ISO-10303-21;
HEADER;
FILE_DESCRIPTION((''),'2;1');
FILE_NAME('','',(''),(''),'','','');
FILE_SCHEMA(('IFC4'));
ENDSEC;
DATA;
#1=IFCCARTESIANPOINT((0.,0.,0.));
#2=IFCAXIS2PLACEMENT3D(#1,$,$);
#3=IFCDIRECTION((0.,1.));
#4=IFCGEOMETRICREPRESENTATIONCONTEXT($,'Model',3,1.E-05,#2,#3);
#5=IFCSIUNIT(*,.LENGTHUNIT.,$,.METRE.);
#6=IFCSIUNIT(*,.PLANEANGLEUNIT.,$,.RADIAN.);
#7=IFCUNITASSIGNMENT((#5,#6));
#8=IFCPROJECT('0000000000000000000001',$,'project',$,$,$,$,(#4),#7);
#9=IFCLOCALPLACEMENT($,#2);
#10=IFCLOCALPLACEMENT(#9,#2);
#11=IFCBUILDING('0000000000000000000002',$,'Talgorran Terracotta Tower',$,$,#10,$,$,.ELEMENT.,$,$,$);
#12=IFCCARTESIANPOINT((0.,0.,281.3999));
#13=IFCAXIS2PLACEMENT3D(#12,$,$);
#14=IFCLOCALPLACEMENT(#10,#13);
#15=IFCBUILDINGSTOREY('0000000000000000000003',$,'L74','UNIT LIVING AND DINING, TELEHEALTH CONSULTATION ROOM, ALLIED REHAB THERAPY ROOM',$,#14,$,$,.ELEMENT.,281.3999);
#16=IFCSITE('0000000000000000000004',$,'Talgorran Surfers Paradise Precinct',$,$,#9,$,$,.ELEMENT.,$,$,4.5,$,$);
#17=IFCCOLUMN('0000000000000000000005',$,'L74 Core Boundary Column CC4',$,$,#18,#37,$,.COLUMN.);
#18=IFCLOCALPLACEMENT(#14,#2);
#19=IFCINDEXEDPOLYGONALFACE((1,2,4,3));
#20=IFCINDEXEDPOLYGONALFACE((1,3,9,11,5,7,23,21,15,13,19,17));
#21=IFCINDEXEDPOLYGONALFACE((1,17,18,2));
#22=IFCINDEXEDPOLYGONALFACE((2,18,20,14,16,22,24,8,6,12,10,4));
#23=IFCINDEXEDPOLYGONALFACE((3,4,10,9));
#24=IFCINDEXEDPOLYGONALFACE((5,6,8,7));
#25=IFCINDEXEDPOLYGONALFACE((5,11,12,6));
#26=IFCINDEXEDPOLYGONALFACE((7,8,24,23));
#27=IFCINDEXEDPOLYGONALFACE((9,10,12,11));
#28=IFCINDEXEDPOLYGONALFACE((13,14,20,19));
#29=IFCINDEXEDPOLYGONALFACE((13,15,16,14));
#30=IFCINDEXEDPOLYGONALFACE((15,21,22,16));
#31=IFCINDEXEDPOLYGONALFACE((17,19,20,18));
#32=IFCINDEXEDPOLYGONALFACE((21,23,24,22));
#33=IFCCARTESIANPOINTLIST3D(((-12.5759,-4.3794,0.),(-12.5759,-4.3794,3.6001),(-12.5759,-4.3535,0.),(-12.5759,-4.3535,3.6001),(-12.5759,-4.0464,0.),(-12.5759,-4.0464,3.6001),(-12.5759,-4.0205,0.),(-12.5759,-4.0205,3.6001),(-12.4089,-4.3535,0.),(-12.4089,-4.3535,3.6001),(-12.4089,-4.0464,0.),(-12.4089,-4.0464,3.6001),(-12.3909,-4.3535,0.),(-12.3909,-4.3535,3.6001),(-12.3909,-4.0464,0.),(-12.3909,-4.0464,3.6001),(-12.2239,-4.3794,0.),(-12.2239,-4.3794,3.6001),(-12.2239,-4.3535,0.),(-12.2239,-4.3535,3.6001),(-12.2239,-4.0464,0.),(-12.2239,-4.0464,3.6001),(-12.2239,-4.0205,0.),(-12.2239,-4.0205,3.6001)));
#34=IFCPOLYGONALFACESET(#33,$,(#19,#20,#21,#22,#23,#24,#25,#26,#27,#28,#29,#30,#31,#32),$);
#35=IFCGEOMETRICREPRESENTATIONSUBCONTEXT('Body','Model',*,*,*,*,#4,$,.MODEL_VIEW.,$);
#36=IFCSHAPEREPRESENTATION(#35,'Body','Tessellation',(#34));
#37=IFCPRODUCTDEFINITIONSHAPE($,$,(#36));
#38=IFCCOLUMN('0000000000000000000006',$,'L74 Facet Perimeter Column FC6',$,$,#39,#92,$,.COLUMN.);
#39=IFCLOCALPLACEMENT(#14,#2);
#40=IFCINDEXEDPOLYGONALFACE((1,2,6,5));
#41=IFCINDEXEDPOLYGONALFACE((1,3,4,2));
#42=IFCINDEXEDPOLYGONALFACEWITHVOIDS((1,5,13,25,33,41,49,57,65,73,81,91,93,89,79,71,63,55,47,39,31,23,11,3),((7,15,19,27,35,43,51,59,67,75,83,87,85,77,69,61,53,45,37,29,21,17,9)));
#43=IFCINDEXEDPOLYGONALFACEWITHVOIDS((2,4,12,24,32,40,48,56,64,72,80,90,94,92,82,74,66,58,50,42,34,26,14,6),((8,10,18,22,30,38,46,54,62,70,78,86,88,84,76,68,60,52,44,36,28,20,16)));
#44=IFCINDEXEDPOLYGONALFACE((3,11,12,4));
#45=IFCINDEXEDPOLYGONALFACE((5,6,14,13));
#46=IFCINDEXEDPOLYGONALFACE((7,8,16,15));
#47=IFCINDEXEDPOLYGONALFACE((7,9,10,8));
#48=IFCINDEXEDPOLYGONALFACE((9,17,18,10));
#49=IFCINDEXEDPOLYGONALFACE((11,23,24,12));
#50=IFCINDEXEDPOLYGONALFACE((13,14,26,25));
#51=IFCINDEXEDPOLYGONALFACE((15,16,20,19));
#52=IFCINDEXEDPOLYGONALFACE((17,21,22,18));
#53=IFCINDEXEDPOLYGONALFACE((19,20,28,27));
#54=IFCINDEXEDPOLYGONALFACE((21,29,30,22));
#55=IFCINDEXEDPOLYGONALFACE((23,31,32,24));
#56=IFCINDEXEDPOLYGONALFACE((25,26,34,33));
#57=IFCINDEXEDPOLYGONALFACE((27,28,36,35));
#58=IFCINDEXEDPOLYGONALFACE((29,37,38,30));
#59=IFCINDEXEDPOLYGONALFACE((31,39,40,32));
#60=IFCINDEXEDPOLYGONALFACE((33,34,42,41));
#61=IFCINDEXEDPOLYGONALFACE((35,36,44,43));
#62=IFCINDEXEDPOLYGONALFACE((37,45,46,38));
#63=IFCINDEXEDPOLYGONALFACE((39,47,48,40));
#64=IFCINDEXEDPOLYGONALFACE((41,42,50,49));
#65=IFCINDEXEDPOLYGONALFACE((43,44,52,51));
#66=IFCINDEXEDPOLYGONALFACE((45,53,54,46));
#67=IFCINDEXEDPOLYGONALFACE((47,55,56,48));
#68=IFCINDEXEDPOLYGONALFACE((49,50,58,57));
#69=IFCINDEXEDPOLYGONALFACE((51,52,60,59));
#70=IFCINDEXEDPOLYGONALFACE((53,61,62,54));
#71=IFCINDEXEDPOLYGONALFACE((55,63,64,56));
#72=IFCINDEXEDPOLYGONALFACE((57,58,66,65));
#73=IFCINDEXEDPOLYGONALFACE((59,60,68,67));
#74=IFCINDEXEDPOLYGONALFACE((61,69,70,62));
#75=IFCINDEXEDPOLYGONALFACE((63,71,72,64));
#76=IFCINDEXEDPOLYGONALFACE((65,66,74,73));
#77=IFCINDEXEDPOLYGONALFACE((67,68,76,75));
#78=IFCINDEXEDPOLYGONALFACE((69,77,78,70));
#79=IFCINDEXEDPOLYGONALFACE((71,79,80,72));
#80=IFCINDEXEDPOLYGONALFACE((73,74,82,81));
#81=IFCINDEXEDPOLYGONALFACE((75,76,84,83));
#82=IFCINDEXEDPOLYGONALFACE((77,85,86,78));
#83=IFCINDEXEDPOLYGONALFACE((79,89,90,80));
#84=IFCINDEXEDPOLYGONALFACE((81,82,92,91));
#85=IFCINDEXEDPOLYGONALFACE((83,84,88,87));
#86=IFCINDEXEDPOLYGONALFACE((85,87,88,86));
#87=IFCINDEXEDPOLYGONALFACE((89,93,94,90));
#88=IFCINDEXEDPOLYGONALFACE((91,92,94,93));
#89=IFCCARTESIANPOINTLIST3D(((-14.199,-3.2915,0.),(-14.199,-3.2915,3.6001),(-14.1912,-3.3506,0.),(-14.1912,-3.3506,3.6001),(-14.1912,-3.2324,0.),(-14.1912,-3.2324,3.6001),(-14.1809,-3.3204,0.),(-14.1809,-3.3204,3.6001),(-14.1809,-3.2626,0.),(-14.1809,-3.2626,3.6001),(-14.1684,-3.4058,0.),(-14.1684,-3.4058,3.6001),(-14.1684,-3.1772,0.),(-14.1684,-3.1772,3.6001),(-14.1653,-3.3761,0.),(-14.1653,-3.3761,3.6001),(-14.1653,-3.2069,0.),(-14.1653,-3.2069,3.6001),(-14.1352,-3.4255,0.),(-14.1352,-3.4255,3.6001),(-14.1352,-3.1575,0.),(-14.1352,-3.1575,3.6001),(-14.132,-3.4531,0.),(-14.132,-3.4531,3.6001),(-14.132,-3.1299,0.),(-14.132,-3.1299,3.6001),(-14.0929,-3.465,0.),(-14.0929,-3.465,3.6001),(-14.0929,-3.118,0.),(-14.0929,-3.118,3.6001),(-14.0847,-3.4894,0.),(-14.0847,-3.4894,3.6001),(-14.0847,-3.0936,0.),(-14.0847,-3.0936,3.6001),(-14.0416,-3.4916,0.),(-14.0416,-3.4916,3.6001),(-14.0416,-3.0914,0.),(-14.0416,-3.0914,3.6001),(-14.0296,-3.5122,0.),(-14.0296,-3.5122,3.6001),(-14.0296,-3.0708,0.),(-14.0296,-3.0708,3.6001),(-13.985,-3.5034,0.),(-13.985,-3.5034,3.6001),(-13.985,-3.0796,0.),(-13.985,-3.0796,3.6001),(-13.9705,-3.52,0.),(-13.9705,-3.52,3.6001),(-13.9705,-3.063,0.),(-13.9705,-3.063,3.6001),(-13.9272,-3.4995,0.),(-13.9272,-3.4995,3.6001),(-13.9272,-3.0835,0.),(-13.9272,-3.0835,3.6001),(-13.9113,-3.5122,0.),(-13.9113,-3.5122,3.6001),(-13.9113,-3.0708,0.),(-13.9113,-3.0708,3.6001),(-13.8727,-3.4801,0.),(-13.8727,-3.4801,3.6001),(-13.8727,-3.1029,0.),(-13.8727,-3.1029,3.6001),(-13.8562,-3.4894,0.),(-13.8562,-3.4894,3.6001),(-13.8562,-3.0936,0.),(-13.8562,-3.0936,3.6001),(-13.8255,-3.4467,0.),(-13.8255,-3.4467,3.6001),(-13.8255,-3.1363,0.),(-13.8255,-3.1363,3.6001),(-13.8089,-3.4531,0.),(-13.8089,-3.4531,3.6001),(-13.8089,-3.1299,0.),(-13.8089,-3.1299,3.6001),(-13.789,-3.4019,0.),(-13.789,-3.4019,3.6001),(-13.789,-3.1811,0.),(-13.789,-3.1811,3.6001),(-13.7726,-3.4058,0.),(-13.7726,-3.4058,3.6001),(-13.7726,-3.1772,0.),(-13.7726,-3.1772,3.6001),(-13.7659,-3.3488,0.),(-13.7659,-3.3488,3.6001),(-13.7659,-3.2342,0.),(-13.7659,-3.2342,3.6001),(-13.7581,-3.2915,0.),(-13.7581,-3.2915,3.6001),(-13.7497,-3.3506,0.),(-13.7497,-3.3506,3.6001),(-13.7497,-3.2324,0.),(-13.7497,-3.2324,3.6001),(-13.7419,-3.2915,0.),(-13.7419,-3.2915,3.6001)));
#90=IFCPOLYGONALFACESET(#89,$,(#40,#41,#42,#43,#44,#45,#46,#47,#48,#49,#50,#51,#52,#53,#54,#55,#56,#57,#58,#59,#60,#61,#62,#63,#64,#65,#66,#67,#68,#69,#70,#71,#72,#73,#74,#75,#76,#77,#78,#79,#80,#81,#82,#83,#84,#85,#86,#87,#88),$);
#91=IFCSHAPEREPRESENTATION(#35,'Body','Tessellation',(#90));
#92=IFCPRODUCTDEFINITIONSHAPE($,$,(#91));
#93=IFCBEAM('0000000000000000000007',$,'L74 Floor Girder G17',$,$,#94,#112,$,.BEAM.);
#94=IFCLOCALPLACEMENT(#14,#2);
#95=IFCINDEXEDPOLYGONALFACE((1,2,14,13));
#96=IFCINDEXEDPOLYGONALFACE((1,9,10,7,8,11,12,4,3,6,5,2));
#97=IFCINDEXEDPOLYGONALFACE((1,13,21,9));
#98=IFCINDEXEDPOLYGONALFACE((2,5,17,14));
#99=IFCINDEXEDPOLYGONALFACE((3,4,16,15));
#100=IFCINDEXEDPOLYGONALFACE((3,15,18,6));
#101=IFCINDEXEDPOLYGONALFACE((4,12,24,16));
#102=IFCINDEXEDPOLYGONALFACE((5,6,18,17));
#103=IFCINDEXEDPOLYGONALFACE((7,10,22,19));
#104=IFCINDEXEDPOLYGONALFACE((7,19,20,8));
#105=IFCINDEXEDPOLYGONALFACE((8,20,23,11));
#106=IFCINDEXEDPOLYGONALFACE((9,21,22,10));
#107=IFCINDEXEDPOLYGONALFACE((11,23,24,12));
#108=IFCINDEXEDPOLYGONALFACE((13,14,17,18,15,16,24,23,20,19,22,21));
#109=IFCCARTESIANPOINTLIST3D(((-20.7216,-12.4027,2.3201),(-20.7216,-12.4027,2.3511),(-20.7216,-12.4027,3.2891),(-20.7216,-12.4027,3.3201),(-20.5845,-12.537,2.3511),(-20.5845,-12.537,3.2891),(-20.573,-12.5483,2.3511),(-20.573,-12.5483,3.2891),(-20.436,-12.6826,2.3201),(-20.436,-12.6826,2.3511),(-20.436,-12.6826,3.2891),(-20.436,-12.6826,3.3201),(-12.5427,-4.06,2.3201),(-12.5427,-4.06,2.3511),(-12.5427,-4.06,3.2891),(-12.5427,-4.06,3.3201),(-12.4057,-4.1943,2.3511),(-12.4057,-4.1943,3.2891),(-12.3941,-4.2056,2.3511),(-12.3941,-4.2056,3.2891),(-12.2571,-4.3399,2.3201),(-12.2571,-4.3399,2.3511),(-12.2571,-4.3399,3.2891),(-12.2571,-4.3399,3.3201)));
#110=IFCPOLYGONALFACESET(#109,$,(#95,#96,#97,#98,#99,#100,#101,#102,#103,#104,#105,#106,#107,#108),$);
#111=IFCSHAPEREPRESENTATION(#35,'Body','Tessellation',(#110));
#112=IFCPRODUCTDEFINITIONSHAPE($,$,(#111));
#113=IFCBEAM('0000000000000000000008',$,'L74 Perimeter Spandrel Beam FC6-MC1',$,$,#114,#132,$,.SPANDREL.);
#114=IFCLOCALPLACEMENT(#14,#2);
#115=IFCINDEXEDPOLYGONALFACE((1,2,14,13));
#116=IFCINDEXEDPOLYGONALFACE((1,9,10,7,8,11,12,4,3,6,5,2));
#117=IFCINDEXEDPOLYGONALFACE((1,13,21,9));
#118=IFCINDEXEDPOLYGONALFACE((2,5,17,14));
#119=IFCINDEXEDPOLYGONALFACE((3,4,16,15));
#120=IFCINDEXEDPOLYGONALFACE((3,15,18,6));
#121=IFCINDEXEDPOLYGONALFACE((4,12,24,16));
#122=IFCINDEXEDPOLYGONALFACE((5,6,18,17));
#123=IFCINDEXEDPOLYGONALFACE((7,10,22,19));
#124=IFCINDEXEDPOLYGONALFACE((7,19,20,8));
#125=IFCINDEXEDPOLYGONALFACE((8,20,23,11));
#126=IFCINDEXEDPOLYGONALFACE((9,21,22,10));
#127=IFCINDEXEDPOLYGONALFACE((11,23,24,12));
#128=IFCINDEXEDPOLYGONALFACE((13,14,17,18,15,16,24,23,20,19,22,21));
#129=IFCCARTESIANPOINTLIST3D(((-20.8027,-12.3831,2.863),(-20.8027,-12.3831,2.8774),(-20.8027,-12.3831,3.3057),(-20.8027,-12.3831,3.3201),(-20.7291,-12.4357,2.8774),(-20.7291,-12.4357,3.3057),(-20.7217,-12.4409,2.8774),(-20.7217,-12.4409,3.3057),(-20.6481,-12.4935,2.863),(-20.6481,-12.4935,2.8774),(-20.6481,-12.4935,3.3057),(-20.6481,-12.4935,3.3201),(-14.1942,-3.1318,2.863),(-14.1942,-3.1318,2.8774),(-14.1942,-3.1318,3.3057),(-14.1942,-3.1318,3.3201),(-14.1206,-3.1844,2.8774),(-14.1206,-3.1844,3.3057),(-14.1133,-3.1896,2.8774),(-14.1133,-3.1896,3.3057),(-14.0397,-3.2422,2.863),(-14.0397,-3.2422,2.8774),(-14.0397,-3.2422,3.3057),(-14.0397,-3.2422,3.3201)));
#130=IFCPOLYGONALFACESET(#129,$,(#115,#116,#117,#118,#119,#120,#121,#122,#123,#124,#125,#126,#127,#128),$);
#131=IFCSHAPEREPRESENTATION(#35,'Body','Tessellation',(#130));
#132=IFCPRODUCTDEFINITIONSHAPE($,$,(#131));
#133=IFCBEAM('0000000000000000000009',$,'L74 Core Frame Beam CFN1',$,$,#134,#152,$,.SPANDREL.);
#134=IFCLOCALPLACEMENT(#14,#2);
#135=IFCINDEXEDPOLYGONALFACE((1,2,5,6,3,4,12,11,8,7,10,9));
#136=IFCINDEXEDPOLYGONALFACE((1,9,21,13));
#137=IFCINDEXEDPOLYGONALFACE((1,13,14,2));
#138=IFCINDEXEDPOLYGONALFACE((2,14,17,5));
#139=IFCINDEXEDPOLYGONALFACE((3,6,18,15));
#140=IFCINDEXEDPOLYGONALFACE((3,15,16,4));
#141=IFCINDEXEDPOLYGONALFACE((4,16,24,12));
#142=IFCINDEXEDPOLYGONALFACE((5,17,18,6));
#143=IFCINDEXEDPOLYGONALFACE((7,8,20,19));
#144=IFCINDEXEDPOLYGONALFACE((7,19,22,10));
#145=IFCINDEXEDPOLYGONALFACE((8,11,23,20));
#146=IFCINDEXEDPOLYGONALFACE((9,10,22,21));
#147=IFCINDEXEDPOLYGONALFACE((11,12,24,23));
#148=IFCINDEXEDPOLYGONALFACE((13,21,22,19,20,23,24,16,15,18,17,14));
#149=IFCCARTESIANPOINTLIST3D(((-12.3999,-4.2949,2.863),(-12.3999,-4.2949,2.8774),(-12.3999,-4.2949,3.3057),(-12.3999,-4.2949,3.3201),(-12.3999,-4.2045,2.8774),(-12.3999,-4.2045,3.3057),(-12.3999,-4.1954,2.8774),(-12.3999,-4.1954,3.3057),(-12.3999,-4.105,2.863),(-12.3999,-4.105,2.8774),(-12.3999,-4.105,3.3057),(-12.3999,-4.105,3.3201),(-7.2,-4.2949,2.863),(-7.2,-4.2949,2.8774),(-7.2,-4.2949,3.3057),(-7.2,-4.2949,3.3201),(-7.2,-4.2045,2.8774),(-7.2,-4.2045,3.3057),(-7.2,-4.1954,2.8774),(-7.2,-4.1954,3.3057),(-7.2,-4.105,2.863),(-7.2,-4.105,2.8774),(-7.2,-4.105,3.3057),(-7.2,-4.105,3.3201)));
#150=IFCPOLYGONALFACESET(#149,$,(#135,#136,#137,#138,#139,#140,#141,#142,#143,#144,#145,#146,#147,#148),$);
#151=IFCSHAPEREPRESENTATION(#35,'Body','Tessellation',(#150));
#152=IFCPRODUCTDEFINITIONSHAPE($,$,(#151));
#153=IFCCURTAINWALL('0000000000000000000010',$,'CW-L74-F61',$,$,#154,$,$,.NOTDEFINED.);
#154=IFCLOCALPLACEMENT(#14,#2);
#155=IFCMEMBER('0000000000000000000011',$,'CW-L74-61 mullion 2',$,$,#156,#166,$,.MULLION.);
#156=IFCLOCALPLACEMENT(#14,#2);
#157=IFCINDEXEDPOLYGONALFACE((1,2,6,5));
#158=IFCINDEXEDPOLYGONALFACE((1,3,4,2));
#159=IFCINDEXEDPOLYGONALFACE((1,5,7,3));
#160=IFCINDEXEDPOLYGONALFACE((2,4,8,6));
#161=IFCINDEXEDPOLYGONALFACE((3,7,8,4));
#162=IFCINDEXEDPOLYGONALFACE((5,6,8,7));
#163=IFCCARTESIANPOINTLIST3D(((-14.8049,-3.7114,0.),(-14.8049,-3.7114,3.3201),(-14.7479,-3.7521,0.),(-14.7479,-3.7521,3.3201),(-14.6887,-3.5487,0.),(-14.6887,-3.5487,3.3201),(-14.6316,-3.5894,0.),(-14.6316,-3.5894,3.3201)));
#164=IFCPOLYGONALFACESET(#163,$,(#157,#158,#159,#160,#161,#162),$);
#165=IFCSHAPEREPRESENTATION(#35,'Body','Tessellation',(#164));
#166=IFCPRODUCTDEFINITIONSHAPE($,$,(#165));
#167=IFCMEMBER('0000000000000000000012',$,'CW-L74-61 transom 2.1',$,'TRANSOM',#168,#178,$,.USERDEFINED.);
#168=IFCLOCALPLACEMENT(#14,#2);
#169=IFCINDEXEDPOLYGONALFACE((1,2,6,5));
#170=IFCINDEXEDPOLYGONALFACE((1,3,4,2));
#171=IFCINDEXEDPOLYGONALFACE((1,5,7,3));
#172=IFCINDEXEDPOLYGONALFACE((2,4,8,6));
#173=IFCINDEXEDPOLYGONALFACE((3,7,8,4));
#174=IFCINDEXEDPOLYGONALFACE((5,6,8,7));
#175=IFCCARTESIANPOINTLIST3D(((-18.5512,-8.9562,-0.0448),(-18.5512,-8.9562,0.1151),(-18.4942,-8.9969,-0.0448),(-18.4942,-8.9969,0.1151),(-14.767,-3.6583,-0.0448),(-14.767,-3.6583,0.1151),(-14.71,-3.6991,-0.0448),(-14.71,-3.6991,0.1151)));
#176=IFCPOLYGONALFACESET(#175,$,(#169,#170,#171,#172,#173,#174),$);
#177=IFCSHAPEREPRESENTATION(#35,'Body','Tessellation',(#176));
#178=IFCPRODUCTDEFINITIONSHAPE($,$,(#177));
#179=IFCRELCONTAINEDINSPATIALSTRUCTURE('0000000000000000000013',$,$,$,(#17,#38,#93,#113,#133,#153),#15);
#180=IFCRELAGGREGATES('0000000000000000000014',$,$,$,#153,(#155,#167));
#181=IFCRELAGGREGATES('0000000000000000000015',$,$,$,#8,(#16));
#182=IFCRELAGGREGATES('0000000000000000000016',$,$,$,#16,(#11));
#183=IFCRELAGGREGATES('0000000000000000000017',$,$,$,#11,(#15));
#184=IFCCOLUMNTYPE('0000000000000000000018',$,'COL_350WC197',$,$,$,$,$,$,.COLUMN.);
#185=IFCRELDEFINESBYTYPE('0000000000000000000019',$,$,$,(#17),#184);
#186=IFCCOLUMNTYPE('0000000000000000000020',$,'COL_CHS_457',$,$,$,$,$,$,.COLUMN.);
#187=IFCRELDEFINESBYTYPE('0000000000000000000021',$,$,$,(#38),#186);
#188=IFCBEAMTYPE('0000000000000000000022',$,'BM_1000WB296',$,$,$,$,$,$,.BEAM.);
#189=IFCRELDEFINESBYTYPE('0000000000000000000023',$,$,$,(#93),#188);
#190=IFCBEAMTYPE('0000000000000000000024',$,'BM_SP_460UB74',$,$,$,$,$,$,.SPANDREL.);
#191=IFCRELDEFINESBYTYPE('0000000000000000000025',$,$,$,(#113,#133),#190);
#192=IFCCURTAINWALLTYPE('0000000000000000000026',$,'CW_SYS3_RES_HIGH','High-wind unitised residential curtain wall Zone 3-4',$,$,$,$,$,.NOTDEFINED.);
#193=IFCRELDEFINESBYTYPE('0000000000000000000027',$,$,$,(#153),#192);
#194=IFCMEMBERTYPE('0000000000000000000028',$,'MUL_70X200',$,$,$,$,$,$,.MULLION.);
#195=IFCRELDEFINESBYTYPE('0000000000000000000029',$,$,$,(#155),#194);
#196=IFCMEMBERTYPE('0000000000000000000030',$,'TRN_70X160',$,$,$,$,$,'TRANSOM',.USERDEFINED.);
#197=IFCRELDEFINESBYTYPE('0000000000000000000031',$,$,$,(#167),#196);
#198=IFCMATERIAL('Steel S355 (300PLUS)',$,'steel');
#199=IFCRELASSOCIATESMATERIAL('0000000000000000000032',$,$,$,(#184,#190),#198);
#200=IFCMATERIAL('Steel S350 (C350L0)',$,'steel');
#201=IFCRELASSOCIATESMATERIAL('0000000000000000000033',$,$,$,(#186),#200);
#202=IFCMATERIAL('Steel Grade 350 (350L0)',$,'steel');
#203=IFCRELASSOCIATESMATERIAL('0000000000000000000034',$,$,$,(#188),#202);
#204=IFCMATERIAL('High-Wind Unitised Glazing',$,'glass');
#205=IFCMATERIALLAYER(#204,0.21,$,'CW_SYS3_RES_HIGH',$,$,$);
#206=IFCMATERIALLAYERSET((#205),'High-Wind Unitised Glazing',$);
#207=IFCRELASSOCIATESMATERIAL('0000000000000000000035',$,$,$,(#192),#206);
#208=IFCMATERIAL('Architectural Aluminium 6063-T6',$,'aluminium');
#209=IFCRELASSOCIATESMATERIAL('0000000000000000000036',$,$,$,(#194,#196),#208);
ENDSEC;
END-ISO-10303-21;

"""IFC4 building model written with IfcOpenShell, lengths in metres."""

from ifc_helpers import new_model, si_unit, direction, frame, origin, origin_2d, place, context, subcontext, project, spatial, rectangle, hollow_circle, i_section, extrude, material, layer, layer_set, material_profile, profile_set, type_object, element, aggregate, save


model = new_model("IFC4")

# Units and contexts
model_context = context("Model", 3, precision=1e-05, world=origin(), true_north=direction((0.0, 1.0)))
body_context = subcontext(model_context, "Body", "Model", "MODEL_VIEW")
ifc_project = project(units=[si_unit("LENGTHUNIT", "METRE"), si_unit("PLANEANGLEUNIT", "RADIAN")], contexts=[model_context])

# Site, building, storey
site_placement = place(None, origin())
site = spatial("IfcSite", under=ifc_project, at=site_placement, Name="Talgorran Surfers Paradise Precinct", CompositionType="ELEMENT", RefElevation=4.5)
building_placement = place(site_placement, origin())
building = spatial("IfcBuilding", under=site, at=building_placement, Name="Talgorran Terracotta Tower", CompositionType="ELEMENT")
storey_placement = place(building_placement, frame((0.0, 0.0, 281.3999)))
storey = spatial("IfcBuildingStorey", under=building, at=storey_placement, Name="L74", Description="UNIT LIVING AND DINING, TELEHEALTH CONSULTATION ROOM, ALLIED REHAB THERAPY ROOM", CompositionType="ELEMENT", Elevation=281.3999)

# Columns
ifc_material_1 = material(Name="Steel S355 (300PLUS)", Category="steel")
ifc_material_profile_1 = material_profile(ifc_material_1, i_section(OverallWidth=0.3521, OverallDepth=0.3589, WebThickness=0.0181, FlangeThickness=0.0259, at=origin_2d()), Name="350WC197")
ifc_profile_set_1 = profile_set([ifc_material_profile_1], Name="Steel S355 (300PLUS)")
column_type_1 = type_object("IfcColumnType", Name="COL_350WC197", PredefinedType="COLUMN", material=ifc_profile_set_1)
column_1_placement = place(storey_placement, frame((-12.3999, -4.2, 0.0), z_axis=(0.0, 0.0, 1.0), x_axis=(1.0, 0.0, 0.0)))
element("IfcColumn", 1, at=column_1_placement, inside=storey, type_object=column_type_1, Name="L74 Core Boundary Column CC4", PredefinedType="COLUMN", context=body_context, shape_type="SweptSolid", body=[
    extrude(i_section(OverallWidth=0.3521, OverallDepth=0.3589, WebThickness=0.0181, FlangeThickness=0.0259, at=origin_2d()), origin(), (0.0, 0.0, 1.0), 3.6001),
])
ifc_material_2 = material(Name="Steel S350 (C350L0)", Category="steel")
ifc_material_profile_2 = material_profile(ifc_material_2, hollow_circle(Radius=0.2285, WallThickness=0.0161, at=origin_2d()), Name="CHS457X16")
ifc_profile_set_2 = profile_set([ifc_material_profile_2], Name="Steel S350 (C350L0)")
column_type_2 = type_object("IfcColumnType", Name="COL_CHS_457", PredefinedType="COLUMN", material=ifc_profile_set_2)
column_2_placement = place(storey_placement, frame((-13.9705, -3.2915, 0.0), z_axis=(0.0, 0.0, 1.0), x_axis=(1.0, 0.0, 0.0)))
element("IfcColumn", 2, at=column_2_placement, inside=storey, type_object=column_type_2, Name="L74 Facet Perimeter Column FC6", PredefinedType="COLUMN", context=body_context, shape_type="SweptSolid", body=[
    extrude(hollow_circle(Radius=0.2285, WallThickness=0.0161, at=origin_2d()), origin(), (0.0, 0.0, 1.0), 3.6001),
])

# Beams
ifc_material_3 = material(Name="Steel Grade 350 (350L0)", Category="steel")
ifc_material_profile_3 = material_profile(ifc_material_3, i_section(OverallWidth=0.3999, OverallDepth=1.0, WebThickness=0.0161, FlangeThickness=0.031, at=origin_2d()), Name="1000WB296")
ifc_profile_set_3 = profile_set([ifc_material_profile_3], Name="Steel Grade 350 (350L0)")
beam_type_1 = type_object("IfcBeamType", Name="BM_1000WB296", PredefinedType="BEAM", material=ifc_profile_set_3)
beam_1_placement = place(storey_placement, frame((-12.3999, -4.2, 2.8201), z_axis=(-0.700061, -0.714083, 0.0), x_axis=(0.714083, -0.700061, 0.0)))
element("IfcBeam", 3, at=beam_1_placement, inside=storey, type_object=beam_type_1, Name="L74 Floor Girder G17", PredefinedType="BEAM", context=body_context, shape_type="SweptSolid", body=[
    extrude(i_section(OverallWidth=0.3999, OverallDepth=1.0, WebThickness=0.0161, FlangeThickness=0.031, at=origin_2d()), origin(), (0.0, 0.0, 1.0), 11.6831),
])
ifc_material_profile_4 = material_profile(ifc_material_1, i_section(OverallWidth=0.1899, OverallDepth=0.457, WebThickness=0.009, FlangeThickness=0.0144, at=origin_2d()), Name="460UB74.6")
ifc_profile_set_4 = profile_set([ifc_material_profile_4], Name="Steel S355 (300PLUS)")
beam_type_2 = type_object("IfcBeamType", Name="BM_SP_460UB74", PredefinedType="SPANDREL", material=ifc_profile_set_4)
beam_2_placement = place(storey_placement, frame((-14.1169, -3.187, 3.0916), z_axis=(-0.581261, -0.813718, 0.0), x_axis=(0.813718, -0.581261, 0.0)))
element("IfcBeam", 4, at=beam_2_placement, inside=storey, type_object=beam_type_2, Name="L74 Perimeter Spandrel Beam FC6-MC1", PredefinedType="SPANDREL", context=body_context, shape_type="SweptSolid", body=[
    extrude(i_section(OverallWidth=0.1899, OverallDepth=0.457, WebThickness=0.009, FlangeThickness=0.0144, at=origin_2d()), origin(), (0.0, 0.0, 1.0), 11.3691),
])
beam_3_placement = place(storey_placement, frame((-12.3999, -4.2, 3.0916), z_axis=(1.0, 0.0, 0.0), x_axis=(0.0, 1.0, 0.0)))
element("IfcBeam", 5, at=beam_3_placement, inside=storey, type_object=beam_type_2, Name="L74 Core Frame Beam CFN1", PredefinedType="SPANDREL", context=body_context, shape_type="SweptSolid", body=[
    extrude(i_section(OverallWidth=0.1899, OverallDepth=0.457, WebThickness=0.009, FlangeThickness=0.0144, at=origin_2d()), origin(), (0.0, 0.0, 1.0), 5.2),
])

# Curtain wall, members
ifc_material_4 = material(Name="High-Wind Unitised Glazing", Category="glass")
ifc_layer_1 = layer(ifc_material_4, 0.21, Name="CW_SYS3_RES_HIGH")
ifc_layer_set_1 = layer_set([ifc_layer_1], Name="High-Wind Unitised Glazing")
curtain_wall_type = type_object("IfcCurtainWallType", Name="CW_SYS3_RES_HIGH", Description="High-wind unitised residential curtain wall Zone 3-4", PredefinedType="NOTDEFINED", material=ifc_layer_set_1)
curtain_wall_placement = place(storey_placement, origin())
curtain_wall = element("IfcCurtainWall", 6, at=curtain_wall_placement, inside=storey, type_object=curtain_wall_type, Name="CW-L74-F61", PredefinedType="NOTDEFINED")
ifc_material_5 = material(Name="Architectural Aluminium 6063-T6", Category="aluminium")
ifc_material_profile_5 = material_profile(ifc_material_5, rectangle(XDim=0.0701, YDim=0.2, at=origin_2d()), Name="CWM70X200")
ifc_profile_set_5 = profile_set([ifc_material_profile_5], Name="Architectural Aluminium 6063-T6")
member_type_1 = type_object("IfcMemberType", Name="MUL_70X200", PredefinedType="MULLION", material=ifc_profile_set_5)
member_1_placement = place(storey_placement, frame((-14.7183, -3.6504, 0.0), z_axis=(0.0, 0.0, 1.0), x_axis=(0.813727, -0.581247, 0.0)))
member_1 = element("IfcMember", 7, at=member_1_placement, type_object=member_type_1, Name="CW-L74-61 mullion 2", PredefinedType="MULLION", context=body_context, shape_type="SweptSolid", body=[
    extrude(rectangle(XDim=0.0701, YDim=0.2, at=origin_2d()), origin(), (0.0, 0.0, 1.0), 3.3201),
])
ifc_material_profile_6 = material_profile(ifc_material_5, rectangle(XDim=0.0701, YDim=0.1599, at=origin_2d()), Name="CWT70X160")
ifc_profile_set_6 = profile_set([ifc_material_profile_6], Name="Architectural Aluminium 6063-T6")
member_type_2 = type_object("IfcMemberType", Name="TRN_70X160", ElementType="TRANSOM", PredefinedType="USERDEFINED", material=ifc_profile_set_6)
member_2_placement = place(storey_placement, frame((-14.7385, -3.6787, 0.0352), z_axis=(-0.581238, -0.813733, 0.0), x_axis=(0.813733, -0.581238, 0.0)))
member_2 = element("IfcMember", 8, at=member_2_placement, type_object=member_type_2, Name="CW-L74-61 transom 2.1", ObjectType="TRANSOM", PredefinedType="USERDEFINED", context=body_context, shape_type="SweptSolid", body=[
    extrude(rectangle(XDim=0.0701, YDim=0.1599, at=origin_2d()), origin(), (0.0, 0.0, 1.0), 6.5105),
])
aggregate(curtain_wall, [member_1, member_2])

save(model, "model.ifc")
